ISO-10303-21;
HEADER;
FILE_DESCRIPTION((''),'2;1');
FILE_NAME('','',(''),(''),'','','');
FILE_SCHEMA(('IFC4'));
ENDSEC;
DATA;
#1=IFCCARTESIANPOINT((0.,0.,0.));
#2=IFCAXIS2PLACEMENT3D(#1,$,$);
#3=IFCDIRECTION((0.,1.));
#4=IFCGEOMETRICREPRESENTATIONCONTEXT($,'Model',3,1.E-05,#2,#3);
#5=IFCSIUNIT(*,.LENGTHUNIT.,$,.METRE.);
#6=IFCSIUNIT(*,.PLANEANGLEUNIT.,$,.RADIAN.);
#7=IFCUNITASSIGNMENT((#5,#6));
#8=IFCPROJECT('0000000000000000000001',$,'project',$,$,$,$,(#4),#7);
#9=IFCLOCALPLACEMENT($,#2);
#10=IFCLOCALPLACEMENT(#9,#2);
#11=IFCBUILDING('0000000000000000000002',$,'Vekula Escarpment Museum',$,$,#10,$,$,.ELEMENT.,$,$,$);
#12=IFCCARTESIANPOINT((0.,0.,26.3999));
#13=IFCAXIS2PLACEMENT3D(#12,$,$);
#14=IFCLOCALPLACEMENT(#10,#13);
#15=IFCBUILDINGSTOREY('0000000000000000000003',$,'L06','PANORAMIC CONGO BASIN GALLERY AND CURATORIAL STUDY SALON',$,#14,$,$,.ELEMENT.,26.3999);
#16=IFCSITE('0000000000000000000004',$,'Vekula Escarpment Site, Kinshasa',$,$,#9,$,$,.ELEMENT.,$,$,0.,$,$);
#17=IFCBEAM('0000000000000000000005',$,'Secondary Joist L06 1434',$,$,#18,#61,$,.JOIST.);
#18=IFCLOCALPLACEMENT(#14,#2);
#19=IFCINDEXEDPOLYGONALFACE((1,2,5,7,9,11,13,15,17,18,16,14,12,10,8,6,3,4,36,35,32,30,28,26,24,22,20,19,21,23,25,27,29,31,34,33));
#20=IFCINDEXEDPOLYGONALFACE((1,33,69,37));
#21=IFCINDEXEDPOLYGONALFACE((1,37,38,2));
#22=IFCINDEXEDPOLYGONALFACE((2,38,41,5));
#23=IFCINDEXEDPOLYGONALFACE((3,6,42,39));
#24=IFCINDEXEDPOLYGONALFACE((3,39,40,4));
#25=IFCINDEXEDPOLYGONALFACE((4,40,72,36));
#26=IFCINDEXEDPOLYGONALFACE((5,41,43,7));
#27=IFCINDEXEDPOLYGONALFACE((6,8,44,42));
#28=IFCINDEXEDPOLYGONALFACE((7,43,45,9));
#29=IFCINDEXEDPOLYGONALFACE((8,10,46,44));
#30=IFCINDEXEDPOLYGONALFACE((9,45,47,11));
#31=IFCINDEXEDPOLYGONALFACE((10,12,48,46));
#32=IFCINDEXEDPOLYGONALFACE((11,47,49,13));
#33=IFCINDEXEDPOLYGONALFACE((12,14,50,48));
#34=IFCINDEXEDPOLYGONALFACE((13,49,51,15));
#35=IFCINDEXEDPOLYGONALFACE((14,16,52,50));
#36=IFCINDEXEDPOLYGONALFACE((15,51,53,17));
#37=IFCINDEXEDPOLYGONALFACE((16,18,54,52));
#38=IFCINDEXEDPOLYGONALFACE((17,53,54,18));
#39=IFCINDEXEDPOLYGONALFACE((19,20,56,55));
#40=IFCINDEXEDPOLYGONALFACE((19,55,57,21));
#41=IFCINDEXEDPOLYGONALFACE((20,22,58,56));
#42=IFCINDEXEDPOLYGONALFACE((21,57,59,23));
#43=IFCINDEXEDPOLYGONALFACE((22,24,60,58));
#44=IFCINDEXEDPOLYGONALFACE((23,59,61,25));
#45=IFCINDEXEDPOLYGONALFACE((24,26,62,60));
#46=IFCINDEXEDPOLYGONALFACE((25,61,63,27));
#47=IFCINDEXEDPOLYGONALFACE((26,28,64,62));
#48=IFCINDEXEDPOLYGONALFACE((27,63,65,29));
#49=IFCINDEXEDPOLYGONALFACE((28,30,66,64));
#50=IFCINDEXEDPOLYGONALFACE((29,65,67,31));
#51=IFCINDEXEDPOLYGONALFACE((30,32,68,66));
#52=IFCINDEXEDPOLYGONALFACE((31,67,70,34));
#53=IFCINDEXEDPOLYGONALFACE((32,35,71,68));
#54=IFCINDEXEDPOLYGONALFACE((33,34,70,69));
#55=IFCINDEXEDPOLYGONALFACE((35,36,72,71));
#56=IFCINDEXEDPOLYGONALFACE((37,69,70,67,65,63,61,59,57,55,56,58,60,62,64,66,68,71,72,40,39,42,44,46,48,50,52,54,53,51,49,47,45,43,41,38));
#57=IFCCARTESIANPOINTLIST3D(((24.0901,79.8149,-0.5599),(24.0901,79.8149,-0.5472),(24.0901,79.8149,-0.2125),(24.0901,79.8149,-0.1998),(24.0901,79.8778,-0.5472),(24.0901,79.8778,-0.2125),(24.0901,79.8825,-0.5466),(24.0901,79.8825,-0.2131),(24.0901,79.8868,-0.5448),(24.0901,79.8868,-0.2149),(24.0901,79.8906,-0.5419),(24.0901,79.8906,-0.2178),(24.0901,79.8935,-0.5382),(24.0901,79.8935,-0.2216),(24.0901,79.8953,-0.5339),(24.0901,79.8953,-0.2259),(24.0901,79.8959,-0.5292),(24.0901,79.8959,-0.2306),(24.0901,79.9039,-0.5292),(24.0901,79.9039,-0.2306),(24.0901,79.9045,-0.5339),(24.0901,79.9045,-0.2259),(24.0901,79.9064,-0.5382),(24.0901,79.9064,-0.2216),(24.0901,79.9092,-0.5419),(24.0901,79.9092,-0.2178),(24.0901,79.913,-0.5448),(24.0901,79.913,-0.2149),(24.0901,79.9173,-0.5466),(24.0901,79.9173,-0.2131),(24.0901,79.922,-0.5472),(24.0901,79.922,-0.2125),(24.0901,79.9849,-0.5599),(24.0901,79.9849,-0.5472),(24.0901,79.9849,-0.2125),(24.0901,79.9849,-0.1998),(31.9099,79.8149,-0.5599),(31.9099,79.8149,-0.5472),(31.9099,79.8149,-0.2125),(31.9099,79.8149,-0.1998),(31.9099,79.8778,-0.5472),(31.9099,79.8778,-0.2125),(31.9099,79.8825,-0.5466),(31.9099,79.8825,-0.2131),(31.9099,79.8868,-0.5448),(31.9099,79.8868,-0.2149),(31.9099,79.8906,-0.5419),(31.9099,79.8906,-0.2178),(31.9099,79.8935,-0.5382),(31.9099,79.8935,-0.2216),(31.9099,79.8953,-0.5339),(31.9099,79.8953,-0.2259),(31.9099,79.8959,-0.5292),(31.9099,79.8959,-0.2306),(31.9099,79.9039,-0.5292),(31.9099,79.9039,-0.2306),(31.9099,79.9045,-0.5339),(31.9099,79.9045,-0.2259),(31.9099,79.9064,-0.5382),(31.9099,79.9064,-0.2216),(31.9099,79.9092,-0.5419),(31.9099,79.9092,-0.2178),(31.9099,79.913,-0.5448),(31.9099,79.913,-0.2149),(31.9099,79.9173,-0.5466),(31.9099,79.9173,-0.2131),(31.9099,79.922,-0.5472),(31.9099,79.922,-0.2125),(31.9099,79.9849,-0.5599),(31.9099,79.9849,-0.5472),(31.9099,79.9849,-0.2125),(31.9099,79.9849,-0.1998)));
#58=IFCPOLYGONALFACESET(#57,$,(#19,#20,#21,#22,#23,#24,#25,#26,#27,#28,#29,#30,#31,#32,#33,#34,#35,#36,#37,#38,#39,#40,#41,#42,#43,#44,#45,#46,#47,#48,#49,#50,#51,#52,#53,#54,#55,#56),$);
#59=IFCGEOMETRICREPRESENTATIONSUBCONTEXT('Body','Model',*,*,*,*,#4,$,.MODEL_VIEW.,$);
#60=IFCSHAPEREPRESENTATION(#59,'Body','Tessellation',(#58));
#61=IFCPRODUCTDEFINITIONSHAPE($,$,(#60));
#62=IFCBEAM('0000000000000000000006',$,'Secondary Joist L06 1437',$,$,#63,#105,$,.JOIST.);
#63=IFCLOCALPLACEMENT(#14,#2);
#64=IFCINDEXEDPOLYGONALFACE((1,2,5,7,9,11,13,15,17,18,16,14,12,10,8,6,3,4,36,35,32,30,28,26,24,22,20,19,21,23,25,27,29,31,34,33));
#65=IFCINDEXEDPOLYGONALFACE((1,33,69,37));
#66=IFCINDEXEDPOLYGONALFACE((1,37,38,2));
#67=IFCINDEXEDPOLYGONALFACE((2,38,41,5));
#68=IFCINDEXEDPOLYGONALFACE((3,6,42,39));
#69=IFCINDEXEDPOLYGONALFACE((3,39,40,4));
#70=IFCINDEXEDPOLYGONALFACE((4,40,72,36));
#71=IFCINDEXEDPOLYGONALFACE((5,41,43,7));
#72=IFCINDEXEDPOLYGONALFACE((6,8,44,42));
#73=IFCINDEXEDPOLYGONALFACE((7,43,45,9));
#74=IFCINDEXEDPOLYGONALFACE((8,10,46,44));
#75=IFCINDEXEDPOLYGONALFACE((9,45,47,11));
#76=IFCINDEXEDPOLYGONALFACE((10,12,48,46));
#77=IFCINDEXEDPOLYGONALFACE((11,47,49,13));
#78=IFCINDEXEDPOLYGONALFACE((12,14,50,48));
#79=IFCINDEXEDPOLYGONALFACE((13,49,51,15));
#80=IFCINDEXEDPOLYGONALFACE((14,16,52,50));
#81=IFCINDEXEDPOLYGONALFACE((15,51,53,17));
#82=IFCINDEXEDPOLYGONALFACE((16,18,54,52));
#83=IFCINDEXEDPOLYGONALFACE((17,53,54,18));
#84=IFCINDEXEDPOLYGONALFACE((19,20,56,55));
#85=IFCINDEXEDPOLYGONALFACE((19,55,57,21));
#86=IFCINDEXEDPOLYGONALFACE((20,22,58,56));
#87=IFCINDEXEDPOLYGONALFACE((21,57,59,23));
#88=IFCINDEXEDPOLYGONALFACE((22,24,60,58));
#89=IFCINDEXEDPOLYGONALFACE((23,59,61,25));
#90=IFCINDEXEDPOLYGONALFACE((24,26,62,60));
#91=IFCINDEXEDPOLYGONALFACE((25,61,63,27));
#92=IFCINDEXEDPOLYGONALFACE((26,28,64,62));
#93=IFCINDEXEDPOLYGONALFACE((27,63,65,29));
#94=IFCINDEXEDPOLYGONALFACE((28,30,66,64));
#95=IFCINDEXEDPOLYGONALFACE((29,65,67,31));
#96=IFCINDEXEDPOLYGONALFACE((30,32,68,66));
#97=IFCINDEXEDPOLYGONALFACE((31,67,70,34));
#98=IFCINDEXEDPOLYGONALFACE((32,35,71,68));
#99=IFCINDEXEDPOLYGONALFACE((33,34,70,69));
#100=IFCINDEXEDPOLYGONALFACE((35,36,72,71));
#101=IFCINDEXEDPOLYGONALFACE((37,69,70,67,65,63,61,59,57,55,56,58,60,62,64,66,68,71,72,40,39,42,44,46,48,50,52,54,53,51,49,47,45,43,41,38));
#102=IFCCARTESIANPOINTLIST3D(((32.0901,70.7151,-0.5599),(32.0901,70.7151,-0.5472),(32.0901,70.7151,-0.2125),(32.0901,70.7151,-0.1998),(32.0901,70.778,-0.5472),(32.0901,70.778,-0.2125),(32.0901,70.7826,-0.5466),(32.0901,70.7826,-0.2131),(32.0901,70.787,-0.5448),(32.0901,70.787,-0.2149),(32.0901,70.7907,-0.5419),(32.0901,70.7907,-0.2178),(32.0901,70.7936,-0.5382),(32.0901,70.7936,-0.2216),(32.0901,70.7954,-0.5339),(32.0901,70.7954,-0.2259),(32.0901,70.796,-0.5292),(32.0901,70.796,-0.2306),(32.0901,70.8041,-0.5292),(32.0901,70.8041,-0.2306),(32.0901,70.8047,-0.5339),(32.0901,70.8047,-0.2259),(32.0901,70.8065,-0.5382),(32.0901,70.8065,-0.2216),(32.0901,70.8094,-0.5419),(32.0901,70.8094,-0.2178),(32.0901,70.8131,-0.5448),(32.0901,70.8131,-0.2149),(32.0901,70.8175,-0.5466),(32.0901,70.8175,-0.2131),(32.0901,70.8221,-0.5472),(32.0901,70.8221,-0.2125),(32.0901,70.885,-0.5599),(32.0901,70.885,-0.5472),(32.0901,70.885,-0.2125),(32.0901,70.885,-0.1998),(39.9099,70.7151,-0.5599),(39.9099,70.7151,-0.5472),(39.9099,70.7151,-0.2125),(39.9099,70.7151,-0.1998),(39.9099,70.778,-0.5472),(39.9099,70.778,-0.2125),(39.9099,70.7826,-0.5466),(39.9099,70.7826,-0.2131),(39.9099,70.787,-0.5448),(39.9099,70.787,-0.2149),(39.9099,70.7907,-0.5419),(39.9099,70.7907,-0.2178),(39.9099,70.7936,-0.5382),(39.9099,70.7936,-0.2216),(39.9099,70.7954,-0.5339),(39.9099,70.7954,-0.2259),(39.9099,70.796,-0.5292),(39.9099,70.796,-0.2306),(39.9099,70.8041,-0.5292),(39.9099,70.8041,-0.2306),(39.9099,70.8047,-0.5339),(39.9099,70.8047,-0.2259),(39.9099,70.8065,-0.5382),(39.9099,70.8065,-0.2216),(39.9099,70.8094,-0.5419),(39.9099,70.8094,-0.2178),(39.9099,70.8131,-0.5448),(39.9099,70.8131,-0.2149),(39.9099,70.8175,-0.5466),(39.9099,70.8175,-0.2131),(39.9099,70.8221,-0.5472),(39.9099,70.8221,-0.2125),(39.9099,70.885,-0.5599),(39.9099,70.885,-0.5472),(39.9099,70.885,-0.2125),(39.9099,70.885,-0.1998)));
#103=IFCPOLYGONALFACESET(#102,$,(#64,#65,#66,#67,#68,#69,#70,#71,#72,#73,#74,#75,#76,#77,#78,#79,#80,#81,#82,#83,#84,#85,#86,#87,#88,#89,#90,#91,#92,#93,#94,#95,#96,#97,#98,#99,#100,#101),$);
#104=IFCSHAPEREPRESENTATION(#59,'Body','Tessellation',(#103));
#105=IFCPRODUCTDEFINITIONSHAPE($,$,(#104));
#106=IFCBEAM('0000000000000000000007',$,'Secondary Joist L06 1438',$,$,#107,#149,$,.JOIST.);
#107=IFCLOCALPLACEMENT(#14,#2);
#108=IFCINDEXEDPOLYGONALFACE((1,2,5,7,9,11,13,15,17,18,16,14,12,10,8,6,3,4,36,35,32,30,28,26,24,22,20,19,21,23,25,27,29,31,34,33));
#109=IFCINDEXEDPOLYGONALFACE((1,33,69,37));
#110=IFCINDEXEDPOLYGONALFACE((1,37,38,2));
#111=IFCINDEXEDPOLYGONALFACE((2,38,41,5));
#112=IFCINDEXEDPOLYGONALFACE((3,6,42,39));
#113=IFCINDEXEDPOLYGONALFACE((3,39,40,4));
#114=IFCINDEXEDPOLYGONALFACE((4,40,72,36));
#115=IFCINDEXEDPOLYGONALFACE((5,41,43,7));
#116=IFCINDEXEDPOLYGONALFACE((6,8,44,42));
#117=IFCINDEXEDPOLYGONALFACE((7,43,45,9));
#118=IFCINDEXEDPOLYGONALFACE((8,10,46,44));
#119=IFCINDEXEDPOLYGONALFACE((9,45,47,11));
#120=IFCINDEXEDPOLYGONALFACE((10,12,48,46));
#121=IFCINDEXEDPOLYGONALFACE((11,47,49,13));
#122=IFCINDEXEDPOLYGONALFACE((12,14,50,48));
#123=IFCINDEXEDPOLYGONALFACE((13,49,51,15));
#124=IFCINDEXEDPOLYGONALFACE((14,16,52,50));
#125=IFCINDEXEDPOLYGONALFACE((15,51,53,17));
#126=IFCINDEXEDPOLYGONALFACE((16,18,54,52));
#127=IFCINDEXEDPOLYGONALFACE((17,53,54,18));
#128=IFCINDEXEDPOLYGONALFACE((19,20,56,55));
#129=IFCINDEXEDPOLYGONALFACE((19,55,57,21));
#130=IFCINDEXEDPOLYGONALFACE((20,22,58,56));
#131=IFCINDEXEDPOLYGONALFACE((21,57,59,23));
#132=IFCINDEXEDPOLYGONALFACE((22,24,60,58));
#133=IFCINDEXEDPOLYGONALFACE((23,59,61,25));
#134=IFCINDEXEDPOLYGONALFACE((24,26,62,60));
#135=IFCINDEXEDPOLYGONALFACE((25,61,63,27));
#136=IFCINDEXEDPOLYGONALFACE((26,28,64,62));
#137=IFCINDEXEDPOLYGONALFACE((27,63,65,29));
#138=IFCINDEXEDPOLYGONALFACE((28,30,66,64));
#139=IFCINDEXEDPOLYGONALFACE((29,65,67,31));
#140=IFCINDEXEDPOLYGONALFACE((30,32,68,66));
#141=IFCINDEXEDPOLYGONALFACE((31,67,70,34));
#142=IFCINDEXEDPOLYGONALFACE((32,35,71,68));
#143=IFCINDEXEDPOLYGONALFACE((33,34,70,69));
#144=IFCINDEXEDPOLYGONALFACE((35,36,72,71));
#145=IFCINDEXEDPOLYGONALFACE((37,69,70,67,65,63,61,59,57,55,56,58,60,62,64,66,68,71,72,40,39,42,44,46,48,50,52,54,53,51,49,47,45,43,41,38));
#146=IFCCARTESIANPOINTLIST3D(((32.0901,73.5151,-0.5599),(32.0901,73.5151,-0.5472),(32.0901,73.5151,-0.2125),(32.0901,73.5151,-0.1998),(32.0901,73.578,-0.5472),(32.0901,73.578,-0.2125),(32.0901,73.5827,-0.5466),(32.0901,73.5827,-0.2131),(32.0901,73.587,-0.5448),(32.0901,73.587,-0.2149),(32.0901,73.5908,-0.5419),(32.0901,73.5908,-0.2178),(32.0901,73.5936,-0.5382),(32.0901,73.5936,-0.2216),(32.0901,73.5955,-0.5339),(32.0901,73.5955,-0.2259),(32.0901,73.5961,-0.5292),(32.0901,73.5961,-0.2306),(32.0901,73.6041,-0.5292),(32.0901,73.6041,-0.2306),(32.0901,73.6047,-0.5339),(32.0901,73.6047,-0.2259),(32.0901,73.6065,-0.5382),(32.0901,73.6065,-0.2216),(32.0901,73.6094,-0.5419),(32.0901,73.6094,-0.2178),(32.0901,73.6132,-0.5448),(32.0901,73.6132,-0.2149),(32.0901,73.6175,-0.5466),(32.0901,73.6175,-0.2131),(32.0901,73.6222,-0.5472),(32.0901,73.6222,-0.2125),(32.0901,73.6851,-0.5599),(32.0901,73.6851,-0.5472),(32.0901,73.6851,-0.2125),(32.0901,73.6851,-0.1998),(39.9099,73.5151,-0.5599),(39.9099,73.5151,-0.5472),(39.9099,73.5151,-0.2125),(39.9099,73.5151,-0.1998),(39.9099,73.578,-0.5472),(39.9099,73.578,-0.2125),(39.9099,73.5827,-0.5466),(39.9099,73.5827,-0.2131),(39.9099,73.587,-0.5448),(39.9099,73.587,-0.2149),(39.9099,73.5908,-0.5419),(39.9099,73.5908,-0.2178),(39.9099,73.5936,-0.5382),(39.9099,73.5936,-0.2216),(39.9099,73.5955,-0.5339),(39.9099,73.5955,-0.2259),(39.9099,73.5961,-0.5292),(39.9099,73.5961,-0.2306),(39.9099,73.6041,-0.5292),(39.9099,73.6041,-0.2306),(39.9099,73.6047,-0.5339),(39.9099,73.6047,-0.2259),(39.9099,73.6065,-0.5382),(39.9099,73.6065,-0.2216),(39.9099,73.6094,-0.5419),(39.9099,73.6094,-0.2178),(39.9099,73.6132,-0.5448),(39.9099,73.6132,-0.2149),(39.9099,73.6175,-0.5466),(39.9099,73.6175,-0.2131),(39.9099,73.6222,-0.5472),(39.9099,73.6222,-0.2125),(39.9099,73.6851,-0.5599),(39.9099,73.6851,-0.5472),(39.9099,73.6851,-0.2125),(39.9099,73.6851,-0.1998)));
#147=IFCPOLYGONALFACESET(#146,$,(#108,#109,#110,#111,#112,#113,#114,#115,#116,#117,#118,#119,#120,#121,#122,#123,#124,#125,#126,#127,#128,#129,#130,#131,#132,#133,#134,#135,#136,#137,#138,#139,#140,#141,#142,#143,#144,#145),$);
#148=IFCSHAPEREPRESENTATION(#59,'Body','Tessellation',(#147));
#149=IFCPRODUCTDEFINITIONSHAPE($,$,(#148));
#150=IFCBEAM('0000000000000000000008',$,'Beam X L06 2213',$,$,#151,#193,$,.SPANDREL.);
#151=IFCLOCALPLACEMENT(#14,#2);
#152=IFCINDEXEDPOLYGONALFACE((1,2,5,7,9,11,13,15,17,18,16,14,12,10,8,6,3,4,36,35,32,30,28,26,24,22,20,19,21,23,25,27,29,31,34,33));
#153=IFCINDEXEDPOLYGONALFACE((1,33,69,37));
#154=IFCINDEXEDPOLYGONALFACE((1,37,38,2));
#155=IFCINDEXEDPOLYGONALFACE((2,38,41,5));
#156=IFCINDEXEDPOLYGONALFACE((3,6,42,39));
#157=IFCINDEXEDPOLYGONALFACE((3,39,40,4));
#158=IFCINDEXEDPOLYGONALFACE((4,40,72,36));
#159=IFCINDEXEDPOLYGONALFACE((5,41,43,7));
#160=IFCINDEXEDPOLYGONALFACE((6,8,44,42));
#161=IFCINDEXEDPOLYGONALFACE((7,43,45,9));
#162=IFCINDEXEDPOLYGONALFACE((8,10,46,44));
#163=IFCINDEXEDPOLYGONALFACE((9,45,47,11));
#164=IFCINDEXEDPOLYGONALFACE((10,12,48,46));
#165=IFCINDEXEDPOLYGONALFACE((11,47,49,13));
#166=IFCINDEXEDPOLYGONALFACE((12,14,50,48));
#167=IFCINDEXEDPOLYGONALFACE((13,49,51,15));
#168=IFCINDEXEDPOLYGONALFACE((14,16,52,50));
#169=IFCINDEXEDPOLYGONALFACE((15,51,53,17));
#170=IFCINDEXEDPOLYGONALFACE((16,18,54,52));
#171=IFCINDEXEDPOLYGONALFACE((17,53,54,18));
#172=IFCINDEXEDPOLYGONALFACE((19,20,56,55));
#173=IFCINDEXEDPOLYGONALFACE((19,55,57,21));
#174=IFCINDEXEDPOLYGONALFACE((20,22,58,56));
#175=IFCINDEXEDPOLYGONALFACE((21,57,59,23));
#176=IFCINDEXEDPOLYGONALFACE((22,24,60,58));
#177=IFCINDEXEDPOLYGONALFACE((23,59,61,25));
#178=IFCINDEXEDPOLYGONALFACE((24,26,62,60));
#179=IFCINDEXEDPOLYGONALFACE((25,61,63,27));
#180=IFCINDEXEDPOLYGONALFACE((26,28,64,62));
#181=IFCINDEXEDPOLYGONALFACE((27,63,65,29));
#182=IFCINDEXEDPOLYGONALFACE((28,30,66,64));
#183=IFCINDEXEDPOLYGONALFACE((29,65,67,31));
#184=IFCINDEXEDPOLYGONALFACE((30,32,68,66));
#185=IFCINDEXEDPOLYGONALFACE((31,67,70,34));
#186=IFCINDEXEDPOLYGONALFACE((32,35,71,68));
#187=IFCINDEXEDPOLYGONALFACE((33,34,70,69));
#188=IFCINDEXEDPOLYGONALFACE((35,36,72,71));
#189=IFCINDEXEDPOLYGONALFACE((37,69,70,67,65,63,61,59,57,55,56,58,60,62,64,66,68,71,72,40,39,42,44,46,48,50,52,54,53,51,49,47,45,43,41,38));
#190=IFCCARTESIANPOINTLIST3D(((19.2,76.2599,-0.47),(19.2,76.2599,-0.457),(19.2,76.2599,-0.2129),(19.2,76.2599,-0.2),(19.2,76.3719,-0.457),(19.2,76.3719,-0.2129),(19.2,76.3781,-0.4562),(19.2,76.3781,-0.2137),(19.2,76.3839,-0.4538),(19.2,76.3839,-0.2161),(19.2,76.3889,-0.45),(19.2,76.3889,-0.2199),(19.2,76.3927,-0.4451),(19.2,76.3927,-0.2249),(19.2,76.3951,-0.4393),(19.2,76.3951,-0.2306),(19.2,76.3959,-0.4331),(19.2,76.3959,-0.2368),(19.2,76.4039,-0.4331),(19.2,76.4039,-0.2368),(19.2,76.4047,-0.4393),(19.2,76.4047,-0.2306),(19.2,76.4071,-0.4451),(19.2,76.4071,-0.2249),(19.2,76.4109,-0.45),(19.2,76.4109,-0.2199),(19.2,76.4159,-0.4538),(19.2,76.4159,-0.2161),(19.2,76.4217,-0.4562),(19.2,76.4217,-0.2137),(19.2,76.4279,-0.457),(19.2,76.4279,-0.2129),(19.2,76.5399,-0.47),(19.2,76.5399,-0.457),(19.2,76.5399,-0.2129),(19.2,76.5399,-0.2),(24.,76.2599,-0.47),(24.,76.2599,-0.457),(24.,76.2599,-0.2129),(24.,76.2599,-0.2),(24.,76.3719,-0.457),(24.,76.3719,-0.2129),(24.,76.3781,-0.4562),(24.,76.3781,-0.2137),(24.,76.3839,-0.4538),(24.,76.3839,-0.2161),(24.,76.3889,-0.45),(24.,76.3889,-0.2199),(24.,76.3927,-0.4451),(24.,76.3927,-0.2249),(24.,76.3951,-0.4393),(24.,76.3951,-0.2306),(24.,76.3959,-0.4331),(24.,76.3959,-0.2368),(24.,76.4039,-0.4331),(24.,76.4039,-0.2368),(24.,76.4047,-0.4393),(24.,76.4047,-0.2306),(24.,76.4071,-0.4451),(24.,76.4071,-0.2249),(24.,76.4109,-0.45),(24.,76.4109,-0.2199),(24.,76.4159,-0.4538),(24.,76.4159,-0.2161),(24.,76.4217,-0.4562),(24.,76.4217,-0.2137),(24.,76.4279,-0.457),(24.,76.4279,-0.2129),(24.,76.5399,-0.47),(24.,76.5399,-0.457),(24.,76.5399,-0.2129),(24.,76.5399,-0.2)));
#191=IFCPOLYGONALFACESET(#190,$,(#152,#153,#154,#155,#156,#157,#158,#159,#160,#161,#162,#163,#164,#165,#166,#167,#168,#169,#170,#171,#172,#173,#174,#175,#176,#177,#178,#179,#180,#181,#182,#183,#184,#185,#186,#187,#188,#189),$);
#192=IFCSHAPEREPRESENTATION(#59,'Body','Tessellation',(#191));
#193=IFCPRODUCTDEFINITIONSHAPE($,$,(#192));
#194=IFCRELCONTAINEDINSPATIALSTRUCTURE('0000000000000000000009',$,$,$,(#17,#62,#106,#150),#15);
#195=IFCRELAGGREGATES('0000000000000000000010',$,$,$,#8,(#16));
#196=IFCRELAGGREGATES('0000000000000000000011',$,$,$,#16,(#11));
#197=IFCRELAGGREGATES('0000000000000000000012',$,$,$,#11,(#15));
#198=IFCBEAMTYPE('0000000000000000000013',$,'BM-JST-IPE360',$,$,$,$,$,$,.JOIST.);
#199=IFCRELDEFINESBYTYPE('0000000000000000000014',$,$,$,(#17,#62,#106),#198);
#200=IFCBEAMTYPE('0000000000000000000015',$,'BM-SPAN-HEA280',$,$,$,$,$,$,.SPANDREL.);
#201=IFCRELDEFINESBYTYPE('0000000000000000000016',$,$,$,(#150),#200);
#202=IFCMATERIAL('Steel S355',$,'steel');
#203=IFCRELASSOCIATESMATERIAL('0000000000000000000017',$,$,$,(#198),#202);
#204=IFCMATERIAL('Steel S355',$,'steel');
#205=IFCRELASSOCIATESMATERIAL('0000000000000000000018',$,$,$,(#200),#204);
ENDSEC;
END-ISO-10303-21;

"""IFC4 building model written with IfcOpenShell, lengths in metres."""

from ifc_helpers import new_model, si_unit, direction, frame, origin, origin_2d, place, context, subcontext, project, spatial, i_section, extrude, material, material_profile, profile_set, type_object, element, save


model = new_model("IFC4")

# Units and contexts
model_context = context("Model", 3, precision=1e-05, world=origin(), true_north=direction((0.0, 1.0)))
body_context = subcontext(model_context, "Body", "Model", "MODEL_VIEW")
ifc_project = project(units=[si_unit("LENGTHUNIT", "METRE"), si_unit("PLANEANGLEUNIT", "RADIAN")], contexts=[model_context])

# Site, building, storey
site_placement = place(None, origin())
site = spatial("IfcSite", under=ifc_project, at=site_placement, Name="Vekula Escarpment Site, Kinshasa", CompositionType="ELEMENT", RefElevation=0.0)
building_placement = place(site_placement, origin())
building = spatial("IfcBuilding", under=site, at=building_placement, Name="Vekula Escarpment Museum", CompositionType="ELEMENT")
storey_placement = place(building_placement, frame((0.0, 0.0, 26.3999)))
storey = spatial("IfcBuildingStorey", under=building, at=storey_placement, Name="L06", Description="PANORAMIC CONGO BASIN GALLERY AND CURATORIAL STUDY SALON", CompositionType="ELEMENT", Elevation=26.3999)

# Beams
ifc_material_1 = material(Name="Steel S355", Category="steel")
ifc_material_profile_1 = material_profile(ifc_material_1, i_section(OverallWidth=0.1699, OverallDepth=0.3601, WebThickness=0.0081, FlangeThickness=0.0127, FilletRadius=0.0181, at=origin_2d()), Name="IPE 360")
ifc_profile_set_1 = profile_set([ifc_material_profile_1], Name="Steel S355")
beam_type_1 = type_object("IfcBeamType", Name="BM-JST-IPE360", PredefinedType="JOIST", material=ifc_profile_set_1)
for number, where, z_axis, x_axis, name in (
    (1, (24.0901, 79.8999, -0.3799), (1.0, 0.0, 0.0), (0.0, 1.0, 0.0), "Secondary Joist L06 1434"),
    (2, (32.0901, 70.8, -0.3799), (1.0, 0.0, 0.0), (0.0, 1.0, 0.0), "Secondary Joist L06 1437"),
    (3, (32.0901, 73.6001, -0.3799), (1.0, 0.0, 0.0), (0.0, 1.0, 0.0), "Secondary Joist L06 1438"),
):
    element("IfcBeam", number, at=place(storey_placement, frame(where, z_axis=z_axis, x_axis=x_axis)), inside=storey, type_object=beam_type_1, Name=name, PredefinedType="JOIST", context=body_context, shape_type="SweptSolid", body=[
        extrude(i_section(OverallWidth=0.1699, OverallDepth=0.3601, WebThickness=0.0081, FlangeThickness=0.0127, FilletRadius=0.0181, at=origin_2d()), origin(), (0.0, 0.0, 1.0), 7.8198),
    ])
ifc_material_2 = material(Name="Steel S355", Category="steel")
ifc_material_profile_2 = material_profile(ifc_material_2, i_section(OverallWidth=0.28, OverallDepth=0.27, WebThickness=0.0081, FlangeThickness=0.0129, FilletRadius=0.0239, at=origin_2d()), Name="HEA 280")
ifc_profile_set_2 = profile_set([ifc_material_profile_2], Name="Steel S355")
beam_type_2 = type_object("IfcBeamType", Name="BM-SPAN-HEA280", PredefinedType="SPANDREL", material=ifc_profile_set_2)
beam_1_placement = place(storey_placement, frame((19.2, 76.3999, -0.335), z_axis=(1.0, 0.0, 0.0), x_axis=(0.0, 1.0, 0.0)))
element("IfcBeam", 4, at=beam_1_placement, inside=storey, type_object=beam_type_2, Name="Beam X L06 2213", PredefinedType="SPANDREL", context=body_context, shape_type="SweptSolid", body=[
    extrude(i_section(OverallWidth=0.28, OverallDepth=0.27, WebThickness=0.0081, FlangeThickness=0.0129, FilletRadius=0.0239, at=origin_2d()), origin(), (0.0, 0.0, 1.0), 4.8),
])

save(model, "model.ifc")
